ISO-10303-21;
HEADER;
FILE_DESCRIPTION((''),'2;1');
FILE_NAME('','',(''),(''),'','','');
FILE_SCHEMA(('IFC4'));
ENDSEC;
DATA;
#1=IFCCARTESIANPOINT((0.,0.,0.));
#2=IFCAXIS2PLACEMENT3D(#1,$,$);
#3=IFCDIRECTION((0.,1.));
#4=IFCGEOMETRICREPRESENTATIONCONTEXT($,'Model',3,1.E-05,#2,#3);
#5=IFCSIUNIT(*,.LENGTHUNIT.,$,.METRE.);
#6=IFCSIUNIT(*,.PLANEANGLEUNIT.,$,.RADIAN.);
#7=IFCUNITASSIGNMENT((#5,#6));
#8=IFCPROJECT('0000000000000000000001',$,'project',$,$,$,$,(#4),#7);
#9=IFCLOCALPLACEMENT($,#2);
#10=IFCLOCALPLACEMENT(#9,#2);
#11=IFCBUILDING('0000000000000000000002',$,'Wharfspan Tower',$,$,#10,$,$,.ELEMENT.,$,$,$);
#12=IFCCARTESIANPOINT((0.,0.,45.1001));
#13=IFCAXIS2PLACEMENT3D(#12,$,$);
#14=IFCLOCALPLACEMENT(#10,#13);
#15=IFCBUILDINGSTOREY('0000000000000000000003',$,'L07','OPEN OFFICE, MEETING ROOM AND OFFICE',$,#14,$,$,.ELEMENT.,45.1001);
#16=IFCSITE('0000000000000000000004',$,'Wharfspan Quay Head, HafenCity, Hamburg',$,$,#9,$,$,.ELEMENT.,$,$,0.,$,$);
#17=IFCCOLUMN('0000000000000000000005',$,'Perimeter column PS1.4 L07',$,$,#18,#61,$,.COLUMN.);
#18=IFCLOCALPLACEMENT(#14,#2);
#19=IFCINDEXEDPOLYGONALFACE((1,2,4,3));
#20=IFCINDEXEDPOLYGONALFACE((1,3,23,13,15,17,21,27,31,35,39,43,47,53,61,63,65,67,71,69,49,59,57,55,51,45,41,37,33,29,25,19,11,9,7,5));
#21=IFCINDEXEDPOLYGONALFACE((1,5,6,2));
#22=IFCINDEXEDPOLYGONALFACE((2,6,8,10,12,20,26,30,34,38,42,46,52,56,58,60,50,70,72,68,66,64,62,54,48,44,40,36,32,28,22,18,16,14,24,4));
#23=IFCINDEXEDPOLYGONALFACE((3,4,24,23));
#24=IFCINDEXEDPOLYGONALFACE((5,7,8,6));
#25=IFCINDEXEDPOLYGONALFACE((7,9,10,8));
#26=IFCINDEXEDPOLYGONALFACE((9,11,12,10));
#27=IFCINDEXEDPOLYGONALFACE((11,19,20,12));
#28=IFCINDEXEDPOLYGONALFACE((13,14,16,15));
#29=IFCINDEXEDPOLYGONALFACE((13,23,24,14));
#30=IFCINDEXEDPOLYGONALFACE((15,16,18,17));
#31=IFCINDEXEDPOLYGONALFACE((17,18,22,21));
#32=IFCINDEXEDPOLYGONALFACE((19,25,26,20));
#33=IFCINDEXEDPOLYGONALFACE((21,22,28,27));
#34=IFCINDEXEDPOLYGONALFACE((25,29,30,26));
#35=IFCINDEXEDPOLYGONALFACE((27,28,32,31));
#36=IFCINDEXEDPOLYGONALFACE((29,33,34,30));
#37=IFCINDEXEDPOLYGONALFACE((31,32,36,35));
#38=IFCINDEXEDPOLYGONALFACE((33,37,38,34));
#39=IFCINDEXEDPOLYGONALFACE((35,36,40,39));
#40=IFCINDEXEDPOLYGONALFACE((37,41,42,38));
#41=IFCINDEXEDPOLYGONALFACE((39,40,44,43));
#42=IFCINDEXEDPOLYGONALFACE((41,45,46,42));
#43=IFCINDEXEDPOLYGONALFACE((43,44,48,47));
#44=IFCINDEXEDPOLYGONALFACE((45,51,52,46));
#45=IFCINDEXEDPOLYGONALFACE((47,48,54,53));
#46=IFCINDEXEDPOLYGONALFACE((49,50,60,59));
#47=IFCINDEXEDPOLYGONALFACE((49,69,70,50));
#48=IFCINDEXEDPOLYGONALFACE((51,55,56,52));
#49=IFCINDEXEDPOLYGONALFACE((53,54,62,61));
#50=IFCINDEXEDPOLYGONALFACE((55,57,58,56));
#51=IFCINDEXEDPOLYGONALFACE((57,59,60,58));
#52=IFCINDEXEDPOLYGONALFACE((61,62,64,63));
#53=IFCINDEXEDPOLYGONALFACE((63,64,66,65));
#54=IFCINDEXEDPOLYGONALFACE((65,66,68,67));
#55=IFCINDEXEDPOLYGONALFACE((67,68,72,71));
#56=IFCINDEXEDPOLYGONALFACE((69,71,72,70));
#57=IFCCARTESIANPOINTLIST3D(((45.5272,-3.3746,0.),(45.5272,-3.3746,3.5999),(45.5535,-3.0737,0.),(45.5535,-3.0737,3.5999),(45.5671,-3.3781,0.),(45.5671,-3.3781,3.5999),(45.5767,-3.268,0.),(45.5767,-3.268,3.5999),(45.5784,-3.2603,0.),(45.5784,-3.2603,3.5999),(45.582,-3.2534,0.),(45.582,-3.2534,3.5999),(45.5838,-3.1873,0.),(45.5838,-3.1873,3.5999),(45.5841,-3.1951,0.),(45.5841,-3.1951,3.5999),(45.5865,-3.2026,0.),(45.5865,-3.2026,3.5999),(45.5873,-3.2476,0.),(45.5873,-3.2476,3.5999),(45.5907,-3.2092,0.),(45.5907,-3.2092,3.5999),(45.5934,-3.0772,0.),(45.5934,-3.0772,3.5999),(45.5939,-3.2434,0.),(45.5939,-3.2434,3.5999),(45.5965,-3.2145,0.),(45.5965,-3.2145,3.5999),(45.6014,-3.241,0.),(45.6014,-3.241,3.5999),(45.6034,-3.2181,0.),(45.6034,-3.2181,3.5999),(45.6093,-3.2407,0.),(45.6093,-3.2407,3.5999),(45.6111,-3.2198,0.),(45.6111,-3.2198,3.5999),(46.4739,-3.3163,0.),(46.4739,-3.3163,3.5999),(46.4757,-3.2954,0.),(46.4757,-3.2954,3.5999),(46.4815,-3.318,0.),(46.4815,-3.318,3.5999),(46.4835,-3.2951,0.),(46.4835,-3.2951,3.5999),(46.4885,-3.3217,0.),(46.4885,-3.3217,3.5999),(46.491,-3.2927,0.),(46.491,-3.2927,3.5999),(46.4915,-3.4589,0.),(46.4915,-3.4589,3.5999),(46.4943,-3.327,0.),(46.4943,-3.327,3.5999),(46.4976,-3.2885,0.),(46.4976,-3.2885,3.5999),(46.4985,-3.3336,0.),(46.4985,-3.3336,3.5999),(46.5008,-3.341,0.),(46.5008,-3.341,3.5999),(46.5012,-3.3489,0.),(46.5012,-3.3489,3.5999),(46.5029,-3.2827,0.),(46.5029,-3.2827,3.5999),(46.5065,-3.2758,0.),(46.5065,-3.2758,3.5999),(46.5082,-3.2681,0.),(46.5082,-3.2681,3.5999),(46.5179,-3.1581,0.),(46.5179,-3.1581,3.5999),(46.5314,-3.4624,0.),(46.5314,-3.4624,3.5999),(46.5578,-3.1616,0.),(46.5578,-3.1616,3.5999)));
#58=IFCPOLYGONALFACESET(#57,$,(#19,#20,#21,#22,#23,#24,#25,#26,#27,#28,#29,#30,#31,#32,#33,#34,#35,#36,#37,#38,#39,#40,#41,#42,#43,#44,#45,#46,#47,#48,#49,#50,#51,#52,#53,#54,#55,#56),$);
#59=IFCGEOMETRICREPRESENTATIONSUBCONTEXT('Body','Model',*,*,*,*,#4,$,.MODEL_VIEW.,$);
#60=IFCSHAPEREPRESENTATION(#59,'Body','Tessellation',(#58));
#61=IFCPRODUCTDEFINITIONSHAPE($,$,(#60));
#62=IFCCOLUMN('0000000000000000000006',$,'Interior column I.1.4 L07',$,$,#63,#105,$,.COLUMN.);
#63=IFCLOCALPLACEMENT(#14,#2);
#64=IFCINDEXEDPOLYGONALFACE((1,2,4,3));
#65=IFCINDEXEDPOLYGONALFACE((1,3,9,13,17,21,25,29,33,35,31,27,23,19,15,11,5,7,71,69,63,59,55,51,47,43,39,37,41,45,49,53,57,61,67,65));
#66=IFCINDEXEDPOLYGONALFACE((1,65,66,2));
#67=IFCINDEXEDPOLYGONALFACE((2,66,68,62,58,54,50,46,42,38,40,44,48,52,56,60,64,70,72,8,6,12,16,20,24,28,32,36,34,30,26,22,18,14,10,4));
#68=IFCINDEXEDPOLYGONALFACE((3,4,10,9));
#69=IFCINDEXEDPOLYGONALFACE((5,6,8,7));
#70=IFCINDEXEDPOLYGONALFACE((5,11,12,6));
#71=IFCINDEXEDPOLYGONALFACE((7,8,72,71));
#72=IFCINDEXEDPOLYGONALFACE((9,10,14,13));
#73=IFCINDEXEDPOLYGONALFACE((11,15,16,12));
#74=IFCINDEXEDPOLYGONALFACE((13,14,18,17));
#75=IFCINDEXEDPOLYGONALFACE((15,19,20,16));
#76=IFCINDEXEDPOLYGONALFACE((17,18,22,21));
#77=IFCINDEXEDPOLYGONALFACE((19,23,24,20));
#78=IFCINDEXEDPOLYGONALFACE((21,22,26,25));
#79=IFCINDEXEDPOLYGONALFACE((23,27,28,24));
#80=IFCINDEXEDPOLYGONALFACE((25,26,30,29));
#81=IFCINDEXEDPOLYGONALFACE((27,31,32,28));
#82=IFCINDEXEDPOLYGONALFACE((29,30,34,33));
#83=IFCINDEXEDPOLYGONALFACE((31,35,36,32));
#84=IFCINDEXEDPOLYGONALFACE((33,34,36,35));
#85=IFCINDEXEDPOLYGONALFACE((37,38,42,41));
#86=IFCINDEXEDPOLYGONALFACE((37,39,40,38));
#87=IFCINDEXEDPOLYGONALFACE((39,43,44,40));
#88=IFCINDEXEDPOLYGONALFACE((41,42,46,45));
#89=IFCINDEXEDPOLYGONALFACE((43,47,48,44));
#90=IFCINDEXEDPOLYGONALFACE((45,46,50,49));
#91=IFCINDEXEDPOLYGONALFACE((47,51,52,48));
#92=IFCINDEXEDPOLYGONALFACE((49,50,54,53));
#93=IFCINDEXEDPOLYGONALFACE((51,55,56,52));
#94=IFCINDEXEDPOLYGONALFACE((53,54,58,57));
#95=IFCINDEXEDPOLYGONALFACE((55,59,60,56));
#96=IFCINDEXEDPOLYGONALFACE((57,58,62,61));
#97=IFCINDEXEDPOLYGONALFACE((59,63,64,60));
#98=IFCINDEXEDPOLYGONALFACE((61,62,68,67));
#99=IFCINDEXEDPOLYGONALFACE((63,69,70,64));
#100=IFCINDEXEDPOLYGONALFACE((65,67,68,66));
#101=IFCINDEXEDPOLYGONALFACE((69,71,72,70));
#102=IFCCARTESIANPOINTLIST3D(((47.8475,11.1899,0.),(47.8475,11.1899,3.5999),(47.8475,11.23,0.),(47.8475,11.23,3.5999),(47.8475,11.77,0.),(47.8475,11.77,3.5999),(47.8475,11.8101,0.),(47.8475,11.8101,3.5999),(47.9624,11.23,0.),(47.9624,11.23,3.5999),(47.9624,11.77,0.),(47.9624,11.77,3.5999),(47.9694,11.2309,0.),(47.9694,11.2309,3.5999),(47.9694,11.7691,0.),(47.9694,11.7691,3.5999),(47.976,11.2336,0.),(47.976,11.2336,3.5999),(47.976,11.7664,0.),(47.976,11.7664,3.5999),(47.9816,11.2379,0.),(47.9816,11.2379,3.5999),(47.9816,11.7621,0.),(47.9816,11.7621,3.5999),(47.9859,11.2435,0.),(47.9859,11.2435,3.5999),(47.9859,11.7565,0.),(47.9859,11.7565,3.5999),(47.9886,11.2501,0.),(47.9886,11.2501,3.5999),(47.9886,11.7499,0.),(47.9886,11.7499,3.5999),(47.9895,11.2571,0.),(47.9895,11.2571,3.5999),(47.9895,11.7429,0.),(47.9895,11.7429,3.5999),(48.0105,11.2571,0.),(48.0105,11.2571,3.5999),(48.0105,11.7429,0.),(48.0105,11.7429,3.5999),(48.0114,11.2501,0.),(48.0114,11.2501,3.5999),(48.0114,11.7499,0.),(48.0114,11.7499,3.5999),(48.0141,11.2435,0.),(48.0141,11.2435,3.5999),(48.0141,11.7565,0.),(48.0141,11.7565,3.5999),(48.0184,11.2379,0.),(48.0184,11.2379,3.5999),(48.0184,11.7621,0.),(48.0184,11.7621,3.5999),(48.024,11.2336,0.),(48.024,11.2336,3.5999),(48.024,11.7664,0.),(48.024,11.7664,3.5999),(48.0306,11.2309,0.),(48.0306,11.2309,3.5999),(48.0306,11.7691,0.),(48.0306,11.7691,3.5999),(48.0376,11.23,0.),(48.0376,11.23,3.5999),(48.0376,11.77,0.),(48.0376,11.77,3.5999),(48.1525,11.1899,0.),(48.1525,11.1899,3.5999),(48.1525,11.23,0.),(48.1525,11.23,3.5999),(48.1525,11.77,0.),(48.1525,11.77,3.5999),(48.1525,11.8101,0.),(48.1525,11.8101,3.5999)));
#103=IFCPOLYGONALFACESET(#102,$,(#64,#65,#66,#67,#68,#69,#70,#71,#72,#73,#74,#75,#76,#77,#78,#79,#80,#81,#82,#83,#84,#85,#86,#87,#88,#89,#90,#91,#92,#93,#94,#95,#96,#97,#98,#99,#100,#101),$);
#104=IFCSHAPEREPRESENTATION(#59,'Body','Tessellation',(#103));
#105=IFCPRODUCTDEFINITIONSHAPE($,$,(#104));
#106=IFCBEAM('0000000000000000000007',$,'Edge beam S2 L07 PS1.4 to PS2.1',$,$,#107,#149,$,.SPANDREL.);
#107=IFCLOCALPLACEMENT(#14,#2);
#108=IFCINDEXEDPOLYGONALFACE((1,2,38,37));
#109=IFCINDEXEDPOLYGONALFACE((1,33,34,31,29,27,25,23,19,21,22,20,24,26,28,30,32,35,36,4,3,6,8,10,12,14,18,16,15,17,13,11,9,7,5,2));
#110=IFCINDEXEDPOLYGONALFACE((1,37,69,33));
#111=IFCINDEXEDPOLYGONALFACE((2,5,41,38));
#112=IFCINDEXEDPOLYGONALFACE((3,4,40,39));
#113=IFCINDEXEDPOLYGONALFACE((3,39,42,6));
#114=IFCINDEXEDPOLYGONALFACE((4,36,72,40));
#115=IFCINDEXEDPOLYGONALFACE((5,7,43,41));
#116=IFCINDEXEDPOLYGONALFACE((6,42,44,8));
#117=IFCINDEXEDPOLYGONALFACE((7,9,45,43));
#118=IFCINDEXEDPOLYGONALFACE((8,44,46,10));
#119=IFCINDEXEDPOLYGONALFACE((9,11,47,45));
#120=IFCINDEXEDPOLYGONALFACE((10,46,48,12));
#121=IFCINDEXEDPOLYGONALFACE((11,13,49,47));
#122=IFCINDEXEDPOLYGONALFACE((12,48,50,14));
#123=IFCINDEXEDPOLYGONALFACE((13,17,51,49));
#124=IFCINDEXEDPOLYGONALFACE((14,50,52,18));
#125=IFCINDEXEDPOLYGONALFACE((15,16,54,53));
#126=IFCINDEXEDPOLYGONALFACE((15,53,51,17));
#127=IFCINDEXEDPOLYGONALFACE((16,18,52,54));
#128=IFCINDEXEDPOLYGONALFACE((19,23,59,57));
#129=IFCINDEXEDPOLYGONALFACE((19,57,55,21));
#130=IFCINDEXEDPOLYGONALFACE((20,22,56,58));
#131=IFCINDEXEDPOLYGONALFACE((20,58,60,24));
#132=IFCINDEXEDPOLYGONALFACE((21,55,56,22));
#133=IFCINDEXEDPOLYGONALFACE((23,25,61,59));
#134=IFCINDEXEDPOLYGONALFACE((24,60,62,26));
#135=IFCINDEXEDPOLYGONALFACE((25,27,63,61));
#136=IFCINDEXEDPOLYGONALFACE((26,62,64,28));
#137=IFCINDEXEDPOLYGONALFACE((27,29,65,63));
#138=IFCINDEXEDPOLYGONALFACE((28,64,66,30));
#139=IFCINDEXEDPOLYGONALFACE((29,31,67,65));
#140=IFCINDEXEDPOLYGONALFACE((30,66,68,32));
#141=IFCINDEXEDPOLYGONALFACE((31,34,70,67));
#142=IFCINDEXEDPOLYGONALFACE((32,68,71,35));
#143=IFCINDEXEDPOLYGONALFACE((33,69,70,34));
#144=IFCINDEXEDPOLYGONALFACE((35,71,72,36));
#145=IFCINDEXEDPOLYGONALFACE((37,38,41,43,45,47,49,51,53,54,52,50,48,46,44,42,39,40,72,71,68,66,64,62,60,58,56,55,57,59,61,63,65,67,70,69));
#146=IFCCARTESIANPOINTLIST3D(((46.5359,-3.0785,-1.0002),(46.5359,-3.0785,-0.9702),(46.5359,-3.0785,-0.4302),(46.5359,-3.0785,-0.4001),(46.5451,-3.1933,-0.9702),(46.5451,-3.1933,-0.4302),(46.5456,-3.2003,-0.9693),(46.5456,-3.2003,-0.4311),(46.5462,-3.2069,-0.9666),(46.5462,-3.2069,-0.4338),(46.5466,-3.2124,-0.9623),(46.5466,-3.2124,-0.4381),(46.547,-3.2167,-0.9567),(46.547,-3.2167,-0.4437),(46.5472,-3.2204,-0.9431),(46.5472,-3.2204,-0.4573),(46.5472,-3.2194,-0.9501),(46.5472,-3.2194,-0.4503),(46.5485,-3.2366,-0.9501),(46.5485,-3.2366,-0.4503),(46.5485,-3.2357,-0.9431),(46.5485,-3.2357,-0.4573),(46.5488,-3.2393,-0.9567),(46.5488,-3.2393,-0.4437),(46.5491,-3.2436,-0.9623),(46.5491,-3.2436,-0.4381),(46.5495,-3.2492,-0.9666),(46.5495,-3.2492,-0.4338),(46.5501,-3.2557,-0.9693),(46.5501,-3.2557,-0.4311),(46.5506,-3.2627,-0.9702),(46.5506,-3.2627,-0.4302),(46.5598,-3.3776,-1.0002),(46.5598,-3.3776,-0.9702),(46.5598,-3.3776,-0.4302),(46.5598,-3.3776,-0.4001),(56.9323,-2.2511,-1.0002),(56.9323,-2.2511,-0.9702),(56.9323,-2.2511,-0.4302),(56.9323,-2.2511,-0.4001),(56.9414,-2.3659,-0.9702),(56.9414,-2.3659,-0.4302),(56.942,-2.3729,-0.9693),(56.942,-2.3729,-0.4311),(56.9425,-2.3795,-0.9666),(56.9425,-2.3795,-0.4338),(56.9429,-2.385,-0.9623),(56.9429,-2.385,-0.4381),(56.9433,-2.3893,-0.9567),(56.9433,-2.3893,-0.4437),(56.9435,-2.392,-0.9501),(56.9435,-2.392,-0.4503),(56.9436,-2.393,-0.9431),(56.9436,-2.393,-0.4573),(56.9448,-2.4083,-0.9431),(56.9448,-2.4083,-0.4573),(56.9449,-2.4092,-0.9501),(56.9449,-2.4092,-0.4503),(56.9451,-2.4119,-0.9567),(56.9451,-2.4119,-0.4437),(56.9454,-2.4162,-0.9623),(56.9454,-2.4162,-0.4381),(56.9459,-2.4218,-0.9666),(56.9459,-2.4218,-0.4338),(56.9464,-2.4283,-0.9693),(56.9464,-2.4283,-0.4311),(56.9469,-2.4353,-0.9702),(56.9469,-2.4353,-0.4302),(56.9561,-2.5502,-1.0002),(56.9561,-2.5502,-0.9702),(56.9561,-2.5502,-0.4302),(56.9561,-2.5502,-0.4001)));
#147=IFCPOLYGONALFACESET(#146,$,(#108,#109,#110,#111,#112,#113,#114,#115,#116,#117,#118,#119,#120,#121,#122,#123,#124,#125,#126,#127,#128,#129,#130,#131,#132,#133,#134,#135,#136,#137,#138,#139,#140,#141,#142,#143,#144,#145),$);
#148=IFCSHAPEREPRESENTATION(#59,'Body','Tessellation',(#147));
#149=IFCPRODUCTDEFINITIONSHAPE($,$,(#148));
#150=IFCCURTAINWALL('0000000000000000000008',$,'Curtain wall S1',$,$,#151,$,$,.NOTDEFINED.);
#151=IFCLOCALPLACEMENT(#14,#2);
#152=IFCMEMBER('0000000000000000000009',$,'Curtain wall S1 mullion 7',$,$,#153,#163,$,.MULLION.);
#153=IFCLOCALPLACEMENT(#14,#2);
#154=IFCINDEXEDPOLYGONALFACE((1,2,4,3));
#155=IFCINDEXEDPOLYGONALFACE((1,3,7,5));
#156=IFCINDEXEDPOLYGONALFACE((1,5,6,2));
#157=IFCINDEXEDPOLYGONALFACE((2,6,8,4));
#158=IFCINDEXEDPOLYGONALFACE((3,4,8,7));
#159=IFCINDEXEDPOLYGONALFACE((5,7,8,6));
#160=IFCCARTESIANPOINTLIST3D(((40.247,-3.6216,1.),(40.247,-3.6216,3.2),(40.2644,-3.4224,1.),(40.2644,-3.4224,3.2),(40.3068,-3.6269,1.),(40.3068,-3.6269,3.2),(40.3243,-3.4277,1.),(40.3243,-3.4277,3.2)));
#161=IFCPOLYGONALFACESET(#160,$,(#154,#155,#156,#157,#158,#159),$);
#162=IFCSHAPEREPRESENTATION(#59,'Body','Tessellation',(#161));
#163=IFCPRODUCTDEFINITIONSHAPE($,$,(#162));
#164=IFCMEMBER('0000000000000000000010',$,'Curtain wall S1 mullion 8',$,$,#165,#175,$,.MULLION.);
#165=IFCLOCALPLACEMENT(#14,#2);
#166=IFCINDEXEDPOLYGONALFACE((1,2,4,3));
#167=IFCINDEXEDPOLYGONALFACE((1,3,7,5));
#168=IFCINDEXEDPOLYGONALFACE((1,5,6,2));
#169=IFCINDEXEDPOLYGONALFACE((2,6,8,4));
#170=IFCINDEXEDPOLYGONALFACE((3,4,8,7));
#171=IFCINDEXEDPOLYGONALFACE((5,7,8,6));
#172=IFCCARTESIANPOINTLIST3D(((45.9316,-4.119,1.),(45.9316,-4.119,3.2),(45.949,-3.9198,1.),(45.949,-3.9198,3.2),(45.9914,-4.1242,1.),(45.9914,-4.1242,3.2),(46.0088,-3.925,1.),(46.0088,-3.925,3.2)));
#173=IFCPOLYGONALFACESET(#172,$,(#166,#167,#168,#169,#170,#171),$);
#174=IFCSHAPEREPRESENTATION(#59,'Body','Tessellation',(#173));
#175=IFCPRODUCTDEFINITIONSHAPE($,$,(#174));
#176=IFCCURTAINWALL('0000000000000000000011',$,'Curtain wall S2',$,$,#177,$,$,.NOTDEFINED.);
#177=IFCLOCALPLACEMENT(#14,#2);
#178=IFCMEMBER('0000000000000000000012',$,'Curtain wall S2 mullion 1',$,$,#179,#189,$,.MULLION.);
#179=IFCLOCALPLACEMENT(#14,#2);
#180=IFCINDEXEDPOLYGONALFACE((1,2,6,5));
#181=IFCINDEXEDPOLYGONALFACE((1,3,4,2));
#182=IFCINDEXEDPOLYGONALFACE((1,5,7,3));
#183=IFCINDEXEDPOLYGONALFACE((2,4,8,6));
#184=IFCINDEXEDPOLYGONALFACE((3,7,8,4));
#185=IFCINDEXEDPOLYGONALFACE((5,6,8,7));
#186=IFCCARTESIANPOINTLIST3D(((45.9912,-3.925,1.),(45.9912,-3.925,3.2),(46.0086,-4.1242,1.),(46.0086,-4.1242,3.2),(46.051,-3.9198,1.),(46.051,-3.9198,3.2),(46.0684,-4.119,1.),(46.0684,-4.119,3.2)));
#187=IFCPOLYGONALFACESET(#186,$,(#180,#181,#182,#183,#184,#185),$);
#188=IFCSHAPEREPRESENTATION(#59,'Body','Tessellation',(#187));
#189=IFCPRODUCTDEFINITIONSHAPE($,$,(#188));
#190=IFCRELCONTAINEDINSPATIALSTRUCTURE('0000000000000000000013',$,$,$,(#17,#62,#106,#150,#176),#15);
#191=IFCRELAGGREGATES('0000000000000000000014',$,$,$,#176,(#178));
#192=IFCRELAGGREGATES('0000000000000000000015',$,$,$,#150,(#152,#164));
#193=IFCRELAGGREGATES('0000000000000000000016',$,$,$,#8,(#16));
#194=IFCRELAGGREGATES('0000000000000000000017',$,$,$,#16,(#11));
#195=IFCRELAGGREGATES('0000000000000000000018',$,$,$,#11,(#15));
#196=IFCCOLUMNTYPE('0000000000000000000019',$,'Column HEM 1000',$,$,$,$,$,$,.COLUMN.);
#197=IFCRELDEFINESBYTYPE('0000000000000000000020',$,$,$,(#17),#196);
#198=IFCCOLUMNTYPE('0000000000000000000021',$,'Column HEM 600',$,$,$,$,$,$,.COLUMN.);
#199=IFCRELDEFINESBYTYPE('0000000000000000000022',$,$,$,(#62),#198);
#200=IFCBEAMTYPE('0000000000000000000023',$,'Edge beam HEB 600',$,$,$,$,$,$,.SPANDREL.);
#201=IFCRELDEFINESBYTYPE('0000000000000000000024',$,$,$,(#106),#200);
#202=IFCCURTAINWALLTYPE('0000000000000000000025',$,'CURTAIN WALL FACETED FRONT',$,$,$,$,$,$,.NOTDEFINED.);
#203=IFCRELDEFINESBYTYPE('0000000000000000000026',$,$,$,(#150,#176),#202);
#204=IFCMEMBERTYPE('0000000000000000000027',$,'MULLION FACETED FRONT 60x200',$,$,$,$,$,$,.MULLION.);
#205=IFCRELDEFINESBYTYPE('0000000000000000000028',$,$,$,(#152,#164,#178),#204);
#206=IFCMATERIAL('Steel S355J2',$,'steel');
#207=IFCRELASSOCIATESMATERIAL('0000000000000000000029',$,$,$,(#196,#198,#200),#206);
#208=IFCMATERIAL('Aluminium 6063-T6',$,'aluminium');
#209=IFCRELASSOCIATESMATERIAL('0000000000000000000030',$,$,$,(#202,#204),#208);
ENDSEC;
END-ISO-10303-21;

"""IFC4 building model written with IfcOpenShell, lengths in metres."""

from ifc_helpers import new_model, si_unit, direction, frame, origin, origin_2d, place, context, subcontext, project, spatial, rectangle, i_section, extrude, material, material_profile, profile_set, type_object, element, aggregate, save


model = new_model("IFC4")

# Units and contexts
model_context = context("Model", 3, precision=1e-05, world=origin(), true_north=direction((0.0, 1.0)))
body_context = subcontext(model_context, "Body", "Model", "MODEL_VIEW")
ifc_project = project(units=[si_unit("LENGTHUNIT", "METRE"), si_unit("PLANEANGLEUNIT", "RADIAN")], contexts=[model_context])

# Site, building, storey
site_placement = place(None, origin())
site = spatial("IfcSite", under=ifc_project, at=site_placement, Name="Wharfspan Quay Head, HafenCity, Hamburg", CompositionType="ELEMENT", RefElevation=0.0)
building_placement = place(site_placement, origin())
building = spatial("IfcBuilding", under=site, at=building_placement, Name="Wharfspan Tower", CompositionType="ELEMENT")
storey_placement = place(building_placement, frame((0.0, 0.0, 45.1001)))
storey = spatial("IfcBuildingStorey", under=building, at=storey_placement, Name="L07", Description="OPEN OFFICE, MEETING ROOM AND OFFICE", CompositionType="ELEMENT", Elevation=45.1001)

# Columns
ifc_material_1 = material(Name="Steel S355J2", Category="steel")
ifc_material_profile_1 = material_profile(ifc_material_1, i_section(OverallWidth=0.302, OverallDepth=1.0081, WebThickness=0.021, FlangeThickness=0.04, FilletRadius=0.03, at=origin_2d()))
ifc_profile_set_1 = profile_set([ifc_material_profile_1], Name="Steel S355J2")
column_type_1 = type_object("IfcColumnType", Name="Column HEM 1000", PredefinedType="COLUMN", material=ifc_profile_set_1)
column_1_placement = place(storey_placement, frame((46.0425, -3.2681, 0.0), z_axis=(0.0, 0.0, 1.0), x_axis=(-0.087156, -0.996198, 0.0)))
element("IfcColumn", 1, at=column_1_placement, inside=storey, type_object=column_type_1, Name="Perimeter column PS1.4 L07", PredefinedType="COLUMN", context=body_context, shape_type="SweptSolid", body=[
    extrude(i_section(OverallWidth=0.302, OverallDepth=1.0081, WebThickness=0.021, FlangeThickness=0.04, FilletRadius=0.03, at=origin_2d()), origin(), (0.0, 0.0, 1.0), 3.5999),
])
ifc_material_profile_2 = material_profile(ifc_material_1, i_section(OverallWidth=0.3049, OverallDepth=0.6201, WebThickness=0.021, FlangeThickness=0.04, FilletRadius=0.0271, at=origin_2d()))
ifc_profile_set_2 = profile_set([ifc_material_profile_2], Name="Steel S355J2")
column_type_2 = type_object("IfcColumnType", Name="Column HEM 600", PredefinedType="COLUMN", material=ifc_profile_set_2)
column_2_placement = place(storey_placement, frame((48.0, 11.5, 0.0), z_axis=(0.0, 0.0, 1.0), x_axis=(1.0, 0.0, 0.0)))
element("IfcColumn", 2, at=column_2_placement, inside=storey, type_object=column_type_2, Name="Interior column I.1.4 L07", PredefinedType="COLUMN", context=body_context, shape_type="SweptSolid", body=[
    extrude(i_section(OverallWidth=0.3049, OverallDepth=0.6201, WebThickness=0.021, FlangeThickness=0.04, FilletRadius=0.0271, at=origin_2d()), origin(), (0.0, 0.0, 1.0), 3.5999),
])

# Beam
ifc_material_profile_3 = material_profile(ifc_material_1, i_section(OverallWidth=0.3, OverallDepth=0.6001, WebThickness=0.0154, FlangeThickness=0.03, FilletRadius=0.0271, at=origin_2d()))
ifc_profile_set_3 = profile_set([ifc_material_profile_3], Name="Steel S355J2")
beam_type = type_object("IfcBeamType", Name="Edge beam HEB 600", PredefinedType="SPANDREL", material=ifc_profile_set_3)
beam_placement = place(storey_placement, frame((46.5479, -3.228, -0.7002), z_axis=(0.996848, 0.079335, 0.0), x_axis=(-0.079335, 0.996848, 0.0)))
element("IfcBeam", 3, at=beam_placement, inside=storey, type_object=beam_type, Name="Edge beam S2 L07 PS1.4 to PS2.1", PredefinedType="SPANDREL", context=body_context, shape_type="SweptSolid", body=[
    extrude(i_section(OverallWidth=0.3, OverallDepth=0.6001, WebThickness=0.0154, FlangeThickness=0.03, FilletRadius=0.0271, at=origin_2d()), origin(), (0.0, 0.0, 1.0), 10.4292),
])

# Curtain wall, members
ifc_material_2 = material(Name="Aluminium 6063-T6", Category="aluminium")
curtain_wall_type = type_object("IfcCurtainWallType", Name="CURTAIN WALL FACETED FRONT", PredefinedType="NOTDEFINED", material=ifc_material_2)
curtain_wall_1_placement = place(storey_placement, origin())
curtain_wall_1 = element("IfcCurtainWall", 4, at=curtain_wall_1_placement, inside=storey, type_object=curtain_wall_type, Name="Curtain wall S1", PredefinedType="NOTDEFINED")
ifc_material_profile_4 = material_profile(ifc_material_2, rectangle(XDim=0.2, YDim=0.0601, at=origin_2d()))
ifc_profile_set_4 = profile_set([ifc_material_profile_4], Name="Aluminium 6063-T6")
member_type_1 = type_object("IfcMemberType", Name="MULLION FACETED FRONT 60x200", PredefinedType="MULLION", material=ifc_profile_set_4)
member_1_placement = place(storey_placement, frame((40.2856, -3.5247, 1.0), z_axis=(0.0, 0.0, 1.0), x_axis=(0.087156, 0.996197, 0.0)))
member_1 = element("IfcMember", 5, at=member_1_placement, type_object=member_type_1, Name="Curtain wall S1 mullion 7", PredefinedType="MULLION", context=body_context, shape_type="SweptSolid", body=[
    extrude(rectangle(XDim=0.2, YDim=0.0601, at=origin_2d()), origin(), (0.0, 0.0, 1.0), 2.2),
])
member_2_placement = place(storey_placement, frame((45.9702, -4.022, 1.0), z_axis=(0.0, 0.0, 1.0), x_axis=(0.087156, 0.996197, 0.0)))
member_2 = element("IfcMember", 6, at=member_2_placement, type_object=member_type_1, Name="Curtain wall S1 mullion 8", PredefinedType="MULLION", context=body_context, shape_type="SweptSolid", body=[
    extrude(rectangle(XDim=0.2, YDim=0.0601, at=origin_2d()), origin(), (0.0, 0.0, 1.0), 2.2),
])

# Curtain wall, member
curtain_wall_2_placement = place(storey_placement, origin())
curtain_wall_2 = element("IfcCurtainWall", 7, at=curtain_wall_2_placement, inside=storey, type_object=curtain_wall_type, Name="Curtain wall S2", PredefinedType="NOTDEFINED")
member_3_placement = place(storey_placement, frame((46.0298, -4.022, 1.0), z_axis=(0.0, 0.0, 1.0), x_axis=(-0.087156, 0.996197, 0.0)))
member_3 = element("IfcMember", 8, at=member_3_placement, type_object=member_type_1, Name="Curtain wall S2 mullion 1", PredefinedType="MULLION", context=body_context, shape_type="SweptSolid", body=[
    extrude(rectangle(XDim=0.2, YDim=0.0601, at=origin_2d()), origin(), (0.0, 0.0, 1.0), 2.2),
])

aggregate(curtain_wall_2, [member_3])

aggregate(curtain_wall_1, [member_1, member_2])

save(model, "model.ifc")
